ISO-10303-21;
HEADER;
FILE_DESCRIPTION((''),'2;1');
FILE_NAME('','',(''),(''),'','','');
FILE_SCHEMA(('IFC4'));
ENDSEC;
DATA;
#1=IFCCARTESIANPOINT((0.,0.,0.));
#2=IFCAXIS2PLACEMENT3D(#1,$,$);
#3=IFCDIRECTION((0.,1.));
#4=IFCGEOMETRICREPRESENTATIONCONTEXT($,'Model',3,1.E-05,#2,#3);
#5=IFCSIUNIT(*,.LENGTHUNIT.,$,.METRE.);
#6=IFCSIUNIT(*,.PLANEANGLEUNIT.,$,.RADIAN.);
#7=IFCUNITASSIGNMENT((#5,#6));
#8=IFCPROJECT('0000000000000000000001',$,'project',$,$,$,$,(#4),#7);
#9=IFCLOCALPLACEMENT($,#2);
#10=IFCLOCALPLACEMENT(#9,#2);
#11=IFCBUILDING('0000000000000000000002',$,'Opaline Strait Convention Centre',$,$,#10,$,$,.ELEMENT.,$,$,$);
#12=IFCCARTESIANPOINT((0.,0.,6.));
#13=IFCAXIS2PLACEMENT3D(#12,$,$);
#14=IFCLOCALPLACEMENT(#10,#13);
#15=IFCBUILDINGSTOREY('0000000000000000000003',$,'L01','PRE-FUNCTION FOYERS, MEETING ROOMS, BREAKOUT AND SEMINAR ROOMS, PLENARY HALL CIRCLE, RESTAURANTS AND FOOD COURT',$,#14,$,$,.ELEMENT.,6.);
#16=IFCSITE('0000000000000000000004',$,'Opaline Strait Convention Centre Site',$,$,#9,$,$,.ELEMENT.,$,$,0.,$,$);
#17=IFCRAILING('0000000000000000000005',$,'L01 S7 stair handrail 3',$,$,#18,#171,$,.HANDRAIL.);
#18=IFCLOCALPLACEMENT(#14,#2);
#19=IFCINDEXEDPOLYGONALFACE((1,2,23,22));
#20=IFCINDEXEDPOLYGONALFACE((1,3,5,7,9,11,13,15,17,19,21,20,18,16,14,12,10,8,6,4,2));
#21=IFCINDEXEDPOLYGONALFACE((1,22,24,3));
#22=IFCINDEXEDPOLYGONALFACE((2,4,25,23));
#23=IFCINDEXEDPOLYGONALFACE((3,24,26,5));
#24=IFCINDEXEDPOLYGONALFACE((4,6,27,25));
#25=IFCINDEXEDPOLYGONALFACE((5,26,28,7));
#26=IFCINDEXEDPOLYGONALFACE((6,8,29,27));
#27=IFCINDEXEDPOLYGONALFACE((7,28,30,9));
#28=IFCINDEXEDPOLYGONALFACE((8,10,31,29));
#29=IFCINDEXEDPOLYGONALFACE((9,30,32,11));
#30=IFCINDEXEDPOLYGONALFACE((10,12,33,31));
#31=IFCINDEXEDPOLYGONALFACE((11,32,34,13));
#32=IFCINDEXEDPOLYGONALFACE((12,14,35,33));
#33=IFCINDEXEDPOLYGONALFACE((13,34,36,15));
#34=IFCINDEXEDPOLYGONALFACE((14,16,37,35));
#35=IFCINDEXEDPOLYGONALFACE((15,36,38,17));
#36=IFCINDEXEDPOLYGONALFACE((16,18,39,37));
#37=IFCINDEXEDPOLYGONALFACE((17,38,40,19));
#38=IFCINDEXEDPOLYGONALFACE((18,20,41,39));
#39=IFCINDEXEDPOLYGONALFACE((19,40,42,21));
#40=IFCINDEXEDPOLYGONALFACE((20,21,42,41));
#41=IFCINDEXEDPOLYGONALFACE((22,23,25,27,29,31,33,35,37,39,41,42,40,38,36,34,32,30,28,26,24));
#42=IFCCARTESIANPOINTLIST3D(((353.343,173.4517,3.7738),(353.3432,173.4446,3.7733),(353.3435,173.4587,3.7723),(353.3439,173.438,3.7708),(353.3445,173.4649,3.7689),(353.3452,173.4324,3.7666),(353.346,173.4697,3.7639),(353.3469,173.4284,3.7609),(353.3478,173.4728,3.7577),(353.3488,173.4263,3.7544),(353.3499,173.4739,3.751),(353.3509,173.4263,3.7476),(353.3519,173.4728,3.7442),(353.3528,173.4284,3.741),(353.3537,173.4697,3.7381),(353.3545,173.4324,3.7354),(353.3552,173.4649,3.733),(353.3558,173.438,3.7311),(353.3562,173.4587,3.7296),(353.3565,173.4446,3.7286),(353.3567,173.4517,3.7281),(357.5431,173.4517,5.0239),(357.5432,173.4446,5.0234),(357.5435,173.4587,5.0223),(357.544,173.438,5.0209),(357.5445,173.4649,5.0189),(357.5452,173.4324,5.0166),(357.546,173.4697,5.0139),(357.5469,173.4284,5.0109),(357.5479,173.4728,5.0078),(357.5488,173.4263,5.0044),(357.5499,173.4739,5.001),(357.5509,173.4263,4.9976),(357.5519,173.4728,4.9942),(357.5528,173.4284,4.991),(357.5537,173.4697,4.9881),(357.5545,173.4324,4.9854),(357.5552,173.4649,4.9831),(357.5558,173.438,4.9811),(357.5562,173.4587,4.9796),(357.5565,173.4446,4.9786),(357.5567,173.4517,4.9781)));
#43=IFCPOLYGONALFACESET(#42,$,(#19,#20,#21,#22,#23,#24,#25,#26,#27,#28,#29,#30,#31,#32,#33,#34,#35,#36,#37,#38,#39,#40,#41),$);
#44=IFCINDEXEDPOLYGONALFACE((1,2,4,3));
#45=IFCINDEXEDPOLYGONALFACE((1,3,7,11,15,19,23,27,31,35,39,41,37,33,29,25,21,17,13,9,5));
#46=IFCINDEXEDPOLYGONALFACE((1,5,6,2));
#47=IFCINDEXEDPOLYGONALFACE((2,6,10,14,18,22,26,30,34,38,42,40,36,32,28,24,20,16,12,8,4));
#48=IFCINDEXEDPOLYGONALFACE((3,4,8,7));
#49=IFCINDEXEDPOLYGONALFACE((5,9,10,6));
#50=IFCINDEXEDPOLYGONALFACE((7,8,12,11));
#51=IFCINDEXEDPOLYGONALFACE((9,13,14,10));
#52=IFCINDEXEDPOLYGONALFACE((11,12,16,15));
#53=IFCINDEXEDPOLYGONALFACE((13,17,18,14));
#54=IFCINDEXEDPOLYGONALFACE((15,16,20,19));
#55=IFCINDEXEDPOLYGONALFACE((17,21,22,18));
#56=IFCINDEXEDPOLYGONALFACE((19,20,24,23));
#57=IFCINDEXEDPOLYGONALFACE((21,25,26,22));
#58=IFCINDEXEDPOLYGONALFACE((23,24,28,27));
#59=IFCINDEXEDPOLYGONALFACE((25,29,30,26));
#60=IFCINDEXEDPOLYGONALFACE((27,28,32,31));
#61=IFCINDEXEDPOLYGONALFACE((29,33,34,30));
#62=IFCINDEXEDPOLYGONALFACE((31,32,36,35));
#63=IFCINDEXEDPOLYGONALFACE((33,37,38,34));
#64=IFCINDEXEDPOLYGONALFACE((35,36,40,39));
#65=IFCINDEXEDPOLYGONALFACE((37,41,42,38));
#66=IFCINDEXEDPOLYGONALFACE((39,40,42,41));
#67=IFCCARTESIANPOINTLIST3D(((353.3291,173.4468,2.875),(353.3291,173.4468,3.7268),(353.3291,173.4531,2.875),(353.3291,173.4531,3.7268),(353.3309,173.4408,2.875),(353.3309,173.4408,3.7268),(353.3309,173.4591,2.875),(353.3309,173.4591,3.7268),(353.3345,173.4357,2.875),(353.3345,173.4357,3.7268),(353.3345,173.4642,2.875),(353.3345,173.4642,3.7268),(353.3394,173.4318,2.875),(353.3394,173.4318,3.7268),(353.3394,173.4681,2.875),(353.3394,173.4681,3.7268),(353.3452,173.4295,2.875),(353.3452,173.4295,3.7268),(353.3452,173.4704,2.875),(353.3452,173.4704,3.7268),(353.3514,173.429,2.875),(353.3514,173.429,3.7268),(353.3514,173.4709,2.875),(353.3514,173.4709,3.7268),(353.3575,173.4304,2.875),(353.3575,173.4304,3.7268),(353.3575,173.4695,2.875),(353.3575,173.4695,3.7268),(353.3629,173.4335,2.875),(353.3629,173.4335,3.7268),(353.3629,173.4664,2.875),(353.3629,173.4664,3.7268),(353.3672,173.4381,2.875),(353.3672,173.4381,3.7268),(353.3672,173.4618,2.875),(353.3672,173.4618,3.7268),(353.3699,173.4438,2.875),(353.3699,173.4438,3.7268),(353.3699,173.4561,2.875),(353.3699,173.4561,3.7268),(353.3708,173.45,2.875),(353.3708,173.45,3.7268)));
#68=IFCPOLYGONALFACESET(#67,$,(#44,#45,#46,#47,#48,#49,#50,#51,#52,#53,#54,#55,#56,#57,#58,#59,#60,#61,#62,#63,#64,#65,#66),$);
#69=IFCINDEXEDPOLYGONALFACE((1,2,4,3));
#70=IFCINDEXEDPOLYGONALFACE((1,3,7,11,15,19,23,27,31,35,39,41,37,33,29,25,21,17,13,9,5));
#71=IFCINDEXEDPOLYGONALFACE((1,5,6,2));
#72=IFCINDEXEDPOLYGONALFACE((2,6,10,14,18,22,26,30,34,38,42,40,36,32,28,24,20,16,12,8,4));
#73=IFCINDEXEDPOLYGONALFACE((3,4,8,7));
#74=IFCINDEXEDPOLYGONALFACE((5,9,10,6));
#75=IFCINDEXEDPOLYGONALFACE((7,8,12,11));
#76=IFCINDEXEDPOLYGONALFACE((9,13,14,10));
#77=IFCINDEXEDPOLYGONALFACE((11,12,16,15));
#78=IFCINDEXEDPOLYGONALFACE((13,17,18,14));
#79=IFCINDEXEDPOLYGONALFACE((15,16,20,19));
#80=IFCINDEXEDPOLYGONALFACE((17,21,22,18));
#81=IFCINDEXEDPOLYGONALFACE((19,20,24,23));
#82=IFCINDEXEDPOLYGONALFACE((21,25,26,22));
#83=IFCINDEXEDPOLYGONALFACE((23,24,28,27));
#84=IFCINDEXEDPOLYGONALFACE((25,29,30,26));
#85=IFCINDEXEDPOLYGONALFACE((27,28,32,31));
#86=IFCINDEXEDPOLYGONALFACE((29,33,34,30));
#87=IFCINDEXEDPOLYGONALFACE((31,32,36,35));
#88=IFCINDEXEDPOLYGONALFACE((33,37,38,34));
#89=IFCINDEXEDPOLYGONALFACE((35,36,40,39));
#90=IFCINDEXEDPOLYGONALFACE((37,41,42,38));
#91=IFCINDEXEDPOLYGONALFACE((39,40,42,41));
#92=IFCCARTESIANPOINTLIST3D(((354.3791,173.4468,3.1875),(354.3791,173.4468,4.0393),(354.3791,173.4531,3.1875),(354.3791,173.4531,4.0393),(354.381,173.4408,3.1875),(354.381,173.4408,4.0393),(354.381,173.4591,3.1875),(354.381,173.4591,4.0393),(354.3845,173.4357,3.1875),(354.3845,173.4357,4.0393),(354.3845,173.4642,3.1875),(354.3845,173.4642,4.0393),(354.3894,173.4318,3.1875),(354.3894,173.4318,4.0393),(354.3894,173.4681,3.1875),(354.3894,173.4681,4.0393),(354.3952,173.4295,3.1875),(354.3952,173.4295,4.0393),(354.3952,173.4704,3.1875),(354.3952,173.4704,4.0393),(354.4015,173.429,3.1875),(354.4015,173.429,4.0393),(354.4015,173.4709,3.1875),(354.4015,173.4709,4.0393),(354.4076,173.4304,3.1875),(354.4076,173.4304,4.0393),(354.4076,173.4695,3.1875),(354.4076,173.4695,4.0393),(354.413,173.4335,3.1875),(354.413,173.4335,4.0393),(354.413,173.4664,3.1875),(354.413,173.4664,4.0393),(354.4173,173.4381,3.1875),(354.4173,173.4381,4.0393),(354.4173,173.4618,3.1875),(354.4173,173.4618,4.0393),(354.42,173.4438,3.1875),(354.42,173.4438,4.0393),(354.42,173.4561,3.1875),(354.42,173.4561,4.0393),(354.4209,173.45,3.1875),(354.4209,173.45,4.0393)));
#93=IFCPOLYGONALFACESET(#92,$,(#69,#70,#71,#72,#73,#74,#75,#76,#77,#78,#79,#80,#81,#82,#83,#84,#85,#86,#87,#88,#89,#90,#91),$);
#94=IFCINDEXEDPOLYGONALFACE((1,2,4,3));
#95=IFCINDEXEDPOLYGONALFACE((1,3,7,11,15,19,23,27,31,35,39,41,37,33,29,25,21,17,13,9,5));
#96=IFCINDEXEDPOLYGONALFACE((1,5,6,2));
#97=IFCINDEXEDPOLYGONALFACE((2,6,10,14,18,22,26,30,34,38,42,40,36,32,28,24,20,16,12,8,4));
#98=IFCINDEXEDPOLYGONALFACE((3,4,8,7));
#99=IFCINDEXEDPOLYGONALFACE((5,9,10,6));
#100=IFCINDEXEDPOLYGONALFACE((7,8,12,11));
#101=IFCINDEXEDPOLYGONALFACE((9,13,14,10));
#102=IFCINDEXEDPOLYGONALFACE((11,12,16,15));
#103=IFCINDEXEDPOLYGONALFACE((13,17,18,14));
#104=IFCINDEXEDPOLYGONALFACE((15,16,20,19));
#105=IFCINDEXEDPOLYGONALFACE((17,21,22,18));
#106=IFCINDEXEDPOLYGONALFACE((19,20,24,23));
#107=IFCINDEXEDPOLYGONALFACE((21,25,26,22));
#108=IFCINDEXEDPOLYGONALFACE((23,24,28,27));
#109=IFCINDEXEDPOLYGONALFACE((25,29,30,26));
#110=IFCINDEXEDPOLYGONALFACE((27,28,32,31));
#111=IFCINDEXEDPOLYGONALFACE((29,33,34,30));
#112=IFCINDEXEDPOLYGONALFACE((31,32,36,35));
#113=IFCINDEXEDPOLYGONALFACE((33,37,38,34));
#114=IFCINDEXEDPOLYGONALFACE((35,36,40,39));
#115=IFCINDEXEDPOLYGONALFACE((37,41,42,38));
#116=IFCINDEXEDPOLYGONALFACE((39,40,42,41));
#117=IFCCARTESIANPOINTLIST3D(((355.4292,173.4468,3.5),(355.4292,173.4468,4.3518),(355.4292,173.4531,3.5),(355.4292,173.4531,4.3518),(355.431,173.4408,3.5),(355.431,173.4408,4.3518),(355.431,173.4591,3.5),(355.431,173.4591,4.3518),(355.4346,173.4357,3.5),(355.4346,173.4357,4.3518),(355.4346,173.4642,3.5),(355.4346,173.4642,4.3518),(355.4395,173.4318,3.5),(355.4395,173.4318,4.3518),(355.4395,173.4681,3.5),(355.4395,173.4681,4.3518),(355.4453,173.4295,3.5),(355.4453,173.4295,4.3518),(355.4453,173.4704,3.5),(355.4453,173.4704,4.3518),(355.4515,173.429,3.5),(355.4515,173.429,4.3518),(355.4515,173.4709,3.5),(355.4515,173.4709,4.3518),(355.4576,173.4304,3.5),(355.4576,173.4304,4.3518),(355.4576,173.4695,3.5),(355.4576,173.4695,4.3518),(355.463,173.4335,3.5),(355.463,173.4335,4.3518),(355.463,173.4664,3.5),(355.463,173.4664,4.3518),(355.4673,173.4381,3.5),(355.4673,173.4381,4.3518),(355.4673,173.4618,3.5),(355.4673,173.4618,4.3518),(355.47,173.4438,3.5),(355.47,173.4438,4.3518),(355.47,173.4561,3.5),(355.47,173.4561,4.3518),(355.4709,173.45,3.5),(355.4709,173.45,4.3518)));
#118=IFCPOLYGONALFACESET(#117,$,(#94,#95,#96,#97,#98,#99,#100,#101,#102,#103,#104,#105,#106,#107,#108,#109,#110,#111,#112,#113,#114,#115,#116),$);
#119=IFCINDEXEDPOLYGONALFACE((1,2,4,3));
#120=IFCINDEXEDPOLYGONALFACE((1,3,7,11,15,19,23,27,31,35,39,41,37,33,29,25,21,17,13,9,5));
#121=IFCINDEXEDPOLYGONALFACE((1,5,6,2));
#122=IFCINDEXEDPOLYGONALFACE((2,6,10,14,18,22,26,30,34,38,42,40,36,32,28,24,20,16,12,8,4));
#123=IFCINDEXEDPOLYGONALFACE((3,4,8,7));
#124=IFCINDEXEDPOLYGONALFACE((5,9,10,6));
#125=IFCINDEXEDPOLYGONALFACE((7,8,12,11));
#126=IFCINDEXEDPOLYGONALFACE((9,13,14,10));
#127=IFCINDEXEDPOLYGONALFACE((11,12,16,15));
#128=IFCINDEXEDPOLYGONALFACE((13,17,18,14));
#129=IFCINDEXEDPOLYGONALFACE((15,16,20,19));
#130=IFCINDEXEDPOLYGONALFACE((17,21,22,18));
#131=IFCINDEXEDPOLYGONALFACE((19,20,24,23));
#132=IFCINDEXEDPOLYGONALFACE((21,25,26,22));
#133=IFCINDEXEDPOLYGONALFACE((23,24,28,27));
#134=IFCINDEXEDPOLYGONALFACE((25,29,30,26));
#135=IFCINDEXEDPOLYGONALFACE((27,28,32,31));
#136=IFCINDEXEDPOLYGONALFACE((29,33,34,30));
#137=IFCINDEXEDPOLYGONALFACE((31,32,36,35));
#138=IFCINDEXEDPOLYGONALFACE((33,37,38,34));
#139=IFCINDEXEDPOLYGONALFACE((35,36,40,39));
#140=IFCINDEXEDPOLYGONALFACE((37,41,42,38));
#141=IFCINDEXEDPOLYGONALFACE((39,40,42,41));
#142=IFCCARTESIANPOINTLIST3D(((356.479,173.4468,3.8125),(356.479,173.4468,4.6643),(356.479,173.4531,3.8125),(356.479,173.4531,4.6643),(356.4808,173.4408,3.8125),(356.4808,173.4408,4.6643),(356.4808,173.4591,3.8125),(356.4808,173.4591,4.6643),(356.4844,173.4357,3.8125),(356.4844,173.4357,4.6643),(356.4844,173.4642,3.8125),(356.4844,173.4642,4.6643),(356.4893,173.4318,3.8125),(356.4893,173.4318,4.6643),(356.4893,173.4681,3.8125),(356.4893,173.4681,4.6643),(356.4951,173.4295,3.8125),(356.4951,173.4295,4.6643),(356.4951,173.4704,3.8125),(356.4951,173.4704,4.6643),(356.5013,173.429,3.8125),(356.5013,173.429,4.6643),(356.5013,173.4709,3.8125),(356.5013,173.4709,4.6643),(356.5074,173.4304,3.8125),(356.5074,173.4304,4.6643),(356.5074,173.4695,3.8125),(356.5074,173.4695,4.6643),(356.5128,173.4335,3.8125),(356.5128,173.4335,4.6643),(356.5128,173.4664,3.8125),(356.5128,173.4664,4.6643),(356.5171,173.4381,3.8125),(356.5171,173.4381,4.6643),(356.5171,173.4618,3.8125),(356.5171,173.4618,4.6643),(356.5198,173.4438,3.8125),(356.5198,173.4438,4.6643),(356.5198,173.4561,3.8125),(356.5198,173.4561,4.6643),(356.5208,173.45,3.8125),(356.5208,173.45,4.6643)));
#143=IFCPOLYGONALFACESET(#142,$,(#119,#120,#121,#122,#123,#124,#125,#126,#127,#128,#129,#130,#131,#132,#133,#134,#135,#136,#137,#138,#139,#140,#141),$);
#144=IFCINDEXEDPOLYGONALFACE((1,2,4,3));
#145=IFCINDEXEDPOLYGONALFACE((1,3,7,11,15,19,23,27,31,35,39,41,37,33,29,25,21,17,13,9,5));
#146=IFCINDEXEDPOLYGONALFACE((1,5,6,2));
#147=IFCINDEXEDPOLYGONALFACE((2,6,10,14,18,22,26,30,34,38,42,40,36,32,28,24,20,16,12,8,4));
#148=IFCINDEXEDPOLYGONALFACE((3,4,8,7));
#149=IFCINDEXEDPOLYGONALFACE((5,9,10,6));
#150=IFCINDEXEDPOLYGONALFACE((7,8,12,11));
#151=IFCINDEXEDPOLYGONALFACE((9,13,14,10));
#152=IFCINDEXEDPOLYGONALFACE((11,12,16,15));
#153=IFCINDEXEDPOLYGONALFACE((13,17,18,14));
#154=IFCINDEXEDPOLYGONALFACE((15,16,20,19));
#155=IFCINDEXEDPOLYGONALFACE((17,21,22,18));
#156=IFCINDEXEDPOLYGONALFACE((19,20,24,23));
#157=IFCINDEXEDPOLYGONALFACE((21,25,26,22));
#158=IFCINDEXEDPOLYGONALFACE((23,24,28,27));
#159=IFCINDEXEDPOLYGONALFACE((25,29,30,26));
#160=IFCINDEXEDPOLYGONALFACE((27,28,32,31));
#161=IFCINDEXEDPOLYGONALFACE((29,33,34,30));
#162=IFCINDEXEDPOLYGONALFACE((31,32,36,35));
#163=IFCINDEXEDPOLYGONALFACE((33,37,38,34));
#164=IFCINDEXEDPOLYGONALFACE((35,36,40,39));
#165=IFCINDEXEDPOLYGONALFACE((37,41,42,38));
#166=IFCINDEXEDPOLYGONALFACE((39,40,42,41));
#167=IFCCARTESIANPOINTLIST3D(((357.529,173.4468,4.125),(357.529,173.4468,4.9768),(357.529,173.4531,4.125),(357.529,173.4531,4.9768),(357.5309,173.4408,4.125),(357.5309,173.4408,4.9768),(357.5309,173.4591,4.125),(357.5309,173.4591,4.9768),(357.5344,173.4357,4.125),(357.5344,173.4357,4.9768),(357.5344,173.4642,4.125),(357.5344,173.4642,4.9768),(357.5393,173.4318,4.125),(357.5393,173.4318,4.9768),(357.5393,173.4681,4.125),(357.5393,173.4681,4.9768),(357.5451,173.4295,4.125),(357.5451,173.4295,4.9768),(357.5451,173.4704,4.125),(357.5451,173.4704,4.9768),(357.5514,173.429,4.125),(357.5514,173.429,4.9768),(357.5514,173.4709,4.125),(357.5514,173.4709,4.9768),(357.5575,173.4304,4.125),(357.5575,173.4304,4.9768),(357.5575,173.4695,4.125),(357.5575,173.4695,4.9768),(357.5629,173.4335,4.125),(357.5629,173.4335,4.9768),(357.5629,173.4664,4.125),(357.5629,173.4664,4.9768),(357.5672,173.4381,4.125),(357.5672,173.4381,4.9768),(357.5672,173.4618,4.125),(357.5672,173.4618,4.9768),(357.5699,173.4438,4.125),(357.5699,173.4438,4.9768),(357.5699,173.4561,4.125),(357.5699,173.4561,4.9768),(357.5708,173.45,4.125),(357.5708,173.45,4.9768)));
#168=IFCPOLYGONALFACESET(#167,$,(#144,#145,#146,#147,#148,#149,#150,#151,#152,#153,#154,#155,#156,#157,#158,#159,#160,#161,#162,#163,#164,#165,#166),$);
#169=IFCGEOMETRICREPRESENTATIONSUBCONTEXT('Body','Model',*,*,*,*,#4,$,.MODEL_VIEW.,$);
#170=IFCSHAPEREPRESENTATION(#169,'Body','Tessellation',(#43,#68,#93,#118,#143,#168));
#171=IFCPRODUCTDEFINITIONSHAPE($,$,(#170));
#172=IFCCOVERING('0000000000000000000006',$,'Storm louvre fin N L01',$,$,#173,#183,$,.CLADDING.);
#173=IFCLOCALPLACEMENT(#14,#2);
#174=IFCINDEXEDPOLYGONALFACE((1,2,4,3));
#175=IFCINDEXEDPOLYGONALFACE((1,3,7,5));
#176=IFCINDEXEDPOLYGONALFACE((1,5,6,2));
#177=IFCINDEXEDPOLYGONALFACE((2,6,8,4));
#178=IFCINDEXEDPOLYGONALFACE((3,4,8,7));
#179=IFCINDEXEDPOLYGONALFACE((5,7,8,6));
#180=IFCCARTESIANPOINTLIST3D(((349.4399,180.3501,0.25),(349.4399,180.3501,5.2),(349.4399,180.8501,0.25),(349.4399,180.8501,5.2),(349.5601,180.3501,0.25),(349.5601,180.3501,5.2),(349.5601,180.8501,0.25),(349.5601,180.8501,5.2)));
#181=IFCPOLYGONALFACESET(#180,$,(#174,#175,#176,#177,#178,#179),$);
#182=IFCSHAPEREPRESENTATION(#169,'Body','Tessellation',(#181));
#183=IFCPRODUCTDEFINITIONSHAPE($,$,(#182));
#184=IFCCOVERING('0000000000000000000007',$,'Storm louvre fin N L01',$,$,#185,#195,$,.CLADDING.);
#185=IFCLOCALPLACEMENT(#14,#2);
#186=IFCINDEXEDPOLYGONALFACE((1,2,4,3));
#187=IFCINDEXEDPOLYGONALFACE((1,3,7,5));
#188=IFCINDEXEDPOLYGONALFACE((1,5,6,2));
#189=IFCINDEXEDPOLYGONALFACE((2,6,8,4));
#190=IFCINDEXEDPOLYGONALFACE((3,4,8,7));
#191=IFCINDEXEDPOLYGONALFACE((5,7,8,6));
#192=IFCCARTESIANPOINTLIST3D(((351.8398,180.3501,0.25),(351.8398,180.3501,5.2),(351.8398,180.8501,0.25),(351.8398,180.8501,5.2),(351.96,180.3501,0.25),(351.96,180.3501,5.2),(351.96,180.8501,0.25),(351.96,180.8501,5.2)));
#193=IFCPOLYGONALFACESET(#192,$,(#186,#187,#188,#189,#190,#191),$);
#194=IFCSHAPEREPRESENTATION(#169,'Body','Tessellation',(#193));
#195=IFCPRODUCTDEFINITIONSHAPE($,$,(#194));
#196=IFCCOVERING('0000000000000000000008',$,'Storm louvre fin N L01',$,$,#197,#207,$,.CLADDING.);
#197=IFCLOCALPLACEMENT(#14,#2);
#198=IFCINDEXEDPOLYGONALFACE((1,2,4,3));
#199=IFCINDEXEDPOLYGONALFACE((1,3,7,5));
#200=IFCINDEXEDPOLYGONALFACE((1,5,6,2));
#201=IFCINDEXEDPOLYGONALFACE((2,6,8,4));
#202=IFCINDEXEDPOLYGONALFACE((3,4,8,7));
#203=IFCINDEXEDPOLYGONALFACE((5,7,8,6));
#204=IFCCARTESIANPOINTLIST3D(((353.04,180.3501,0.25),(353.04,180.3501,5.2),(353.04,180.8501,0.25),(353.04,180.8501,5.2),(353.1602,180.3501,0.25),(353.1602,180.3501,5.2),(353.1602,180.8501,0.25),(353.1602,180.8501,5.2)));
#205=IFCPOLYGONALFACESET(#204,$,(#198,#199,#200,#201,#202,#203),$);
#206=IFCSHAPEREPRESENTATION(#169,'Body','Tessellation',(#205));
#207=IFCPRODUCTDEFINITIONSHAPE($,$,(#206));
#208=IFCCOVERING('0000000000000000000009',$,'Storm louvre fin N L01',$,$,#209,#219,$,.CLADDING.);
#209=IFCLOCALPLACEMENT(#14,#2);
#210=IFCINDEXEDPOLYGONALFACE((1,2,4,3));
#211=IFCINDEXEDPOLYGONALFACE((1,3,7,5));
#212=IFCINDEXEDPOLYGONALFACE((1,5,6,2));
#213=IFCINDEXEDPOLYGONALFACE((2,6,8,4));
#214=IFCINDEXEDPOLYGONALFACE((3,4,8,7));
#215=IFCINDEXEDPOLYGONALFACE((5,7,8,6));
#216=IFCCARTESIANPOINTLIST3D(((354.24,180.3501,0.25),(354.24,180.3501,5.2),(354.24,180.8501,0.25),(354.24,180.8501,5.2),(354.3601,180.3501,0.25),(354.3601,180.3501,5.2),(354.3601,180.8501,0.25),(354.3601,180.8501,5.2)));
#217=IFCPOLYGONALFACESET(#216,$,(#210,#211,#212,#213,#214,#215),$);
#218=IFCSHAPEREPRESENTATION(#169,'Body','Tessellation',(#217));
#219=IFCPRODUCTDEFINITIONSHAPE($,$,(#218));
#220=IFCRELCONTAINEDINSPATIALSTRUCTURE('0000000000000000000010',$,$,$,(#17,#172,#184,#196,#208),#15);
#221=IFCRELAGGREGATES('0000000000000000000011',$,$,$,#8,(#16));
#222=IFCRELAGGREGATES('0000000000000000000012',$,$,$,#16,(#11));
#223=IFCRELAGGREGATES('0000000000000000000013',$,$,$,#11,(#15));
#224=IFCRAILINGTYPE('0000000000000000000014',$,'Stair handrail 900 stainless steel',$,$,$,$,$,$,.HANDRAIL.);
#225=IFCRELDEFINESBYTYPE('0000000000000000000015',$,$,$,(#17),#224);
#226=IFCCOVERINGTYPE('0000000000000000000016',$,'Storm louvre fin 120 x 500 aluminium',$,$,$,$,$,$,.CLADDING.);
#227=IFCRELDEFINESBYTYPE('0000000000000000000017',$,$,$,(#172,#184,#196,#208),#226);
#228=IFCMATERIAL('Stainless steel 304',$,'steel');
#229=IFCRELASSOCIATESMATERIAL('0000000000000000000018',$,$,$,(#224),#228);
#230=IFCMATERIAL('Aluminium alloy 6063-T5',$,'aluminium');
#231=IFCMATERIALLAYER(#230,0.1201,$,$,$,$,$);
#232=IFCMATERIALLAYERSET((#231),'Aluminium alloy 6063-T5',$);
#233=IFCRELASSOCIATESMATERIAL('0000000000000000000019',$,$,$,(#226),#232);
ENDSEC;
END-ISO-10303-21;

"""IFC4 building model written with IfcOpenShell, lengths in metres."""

from ifc_helpers import new_model, si_unit, direction, frame, origin, origin_2d, place, context, subcontext, project, spatial, rectangle, circle, extrude, material, layer, layer_set, type_object, element, save


model = new_model("IFC4")

# Units and contexts
model_context = context("Model", 3, precision=1e-05, world=origin(), true_north=direction((0.0, 1.0)))
body_context = subcontext(model_context, "Body", "Model", "MODEL_VIEW")
ifc_project = project(units=[si_unit("LENGTHUNIT", "METRE"), si_unit("PLANEANGLEUNIT", "RADIAN")], contexts=[model_context])

# Site, building, storey
site_placement = place(None, origin())
site = spatial("IfcSite", under=ifc_project, at=site_placement, Name="Opaline Strait Convention Centre Site", CompositionType="ELEMENT", RefElevation=0.0)
building_placement = place(site_placement, origin())
building = spatial("IfcBuilding", under=site, at=building_placement, Name="Opaline Strait Convention Centre", CompositionType="ELEMENT")
storey_placement = place(building_placement, frame((0.0, 0.0, 6.0)))
storey = spatial("IfcBuildingStorey", under=building, at=storey_placement, Name="L01", Description="PRE-FUNCTION FOYERS, MEETING ROOMS, BREAKOUT AND SEMINAR ROOMS, PLENARY HALL CIRCLE, RESTAURANTS AND FOOD COURT", CompositionType="ELEMENT", Elevation=6.0)

# Railing
ifc_material_1 = material(Name="Stainless steel 304", Category="steel")
railing_type_1 = type_object("IfcRailingType", Name="Stair handrail 900 stainless steel", PredefinedType="HANDRAIL", material=ifc_material_1)
for number, where, name in (
    (1, (353.3499, 173.45, 2.875), "L01 S7 stair handrail 3"),
):
    element("IfcRailing", number, at=place(storey_placement, frame(where)), inside=storey, type_object=railing_type_1, Name=name, PredefinedType="HANDRAIL", context=body_context, shape_type="SweptSolid", body=[
        extrude(circle(Radius=0.0239, at=origin_2d()), frame((0.0, 0.0, 0.876), z_axis=(0.958451, 0.0, 0.285257), x_axis=(0.0, 1.0, 0.0)), (0.0, 0.0, 1.0), 4.3821),
        extrude(circle(Radius=0.021, at=origin_2d()), origin(), (0.0, 0.0, 1.0), 0.8518),
        extrude(circle(Radius=0.021, at=origin_2d()), frame((1.05, 0.0, 0.3125)), (0.0, 0.0, 1.0), 0.8518),
        extrude(circle(Radius=0.021, at=origin_2d()), frame((2.1001, 0.0, 0.625)), (0.0, 0.0, 1.0), 0.8518),
        extrude(circle(Radius=0.021, at=origin_2d()), frame((3.1499, 0.0, 0.9375)), (0.0, 0.0, 1.0), 0.8518),
        extrude(circle(Radius=0.021, at=origin_2d()), frame((4.2, 0.0, 1.25)), (0.0, 0.0, 1.0), 0.8518),
    ])

# Coverings
ifc_material_2 = material(Name="Aluminium alloy 6063-T5", Category="aluminium")
ifc_layer_1 = layer(ifc_material_2, 0.1201)
ifc_layer_set_1 = layer_set([ifc_layer_1], Name="Aluminium alloy 6063-T5")
covering_type = type_object("IfcCoveringType", Name="Storm louvre fin 120 x 500 aluminium", PredefinedType="CLADDING", material=ifc_layer_set_1)
for number, where, z_axis, x_axis, name in (
    (2, (349.5, 180.6001, 0.25), (0.0, 0.0, 1.0), (1.0, 0.0, 0.0), "Storm louvre fin N L01"),
    (3, (351.8999, 180.6001, 0.25), (0.0, 0.0, 1.0), (1.0, 0.0, 0.0), "Storm louvre fin N L01"),
    (4, (353.1001, 180.6001, 0.25), (0.0, 0.0, 1.0), (1.0, 0.0, 0.0), "Storm louvre fin N L01"),
    (5, (354.3, 180.6001, 0.25), (0.0, 0.0, 1.0), (1.0, 0.0, 0.0), "Storm louvre fin N L01"),
):
    element("IfcCovering", number, at=place(storey_placement, frame(where, z_axis=z_axis, x_axis=x_axis)), inside=storey, type_object=covering_type, Name=name, PredefinedType="CLADDING", context=body_context, shape_type="SweptSolid", body=[
        extrude(rectangle(XDim=0.1201, YDim=0.5, at=origin_2d()), origin(), (0.0, 0.0, 1.0), 4.95),
    ])

save(model, "model.ifc")
